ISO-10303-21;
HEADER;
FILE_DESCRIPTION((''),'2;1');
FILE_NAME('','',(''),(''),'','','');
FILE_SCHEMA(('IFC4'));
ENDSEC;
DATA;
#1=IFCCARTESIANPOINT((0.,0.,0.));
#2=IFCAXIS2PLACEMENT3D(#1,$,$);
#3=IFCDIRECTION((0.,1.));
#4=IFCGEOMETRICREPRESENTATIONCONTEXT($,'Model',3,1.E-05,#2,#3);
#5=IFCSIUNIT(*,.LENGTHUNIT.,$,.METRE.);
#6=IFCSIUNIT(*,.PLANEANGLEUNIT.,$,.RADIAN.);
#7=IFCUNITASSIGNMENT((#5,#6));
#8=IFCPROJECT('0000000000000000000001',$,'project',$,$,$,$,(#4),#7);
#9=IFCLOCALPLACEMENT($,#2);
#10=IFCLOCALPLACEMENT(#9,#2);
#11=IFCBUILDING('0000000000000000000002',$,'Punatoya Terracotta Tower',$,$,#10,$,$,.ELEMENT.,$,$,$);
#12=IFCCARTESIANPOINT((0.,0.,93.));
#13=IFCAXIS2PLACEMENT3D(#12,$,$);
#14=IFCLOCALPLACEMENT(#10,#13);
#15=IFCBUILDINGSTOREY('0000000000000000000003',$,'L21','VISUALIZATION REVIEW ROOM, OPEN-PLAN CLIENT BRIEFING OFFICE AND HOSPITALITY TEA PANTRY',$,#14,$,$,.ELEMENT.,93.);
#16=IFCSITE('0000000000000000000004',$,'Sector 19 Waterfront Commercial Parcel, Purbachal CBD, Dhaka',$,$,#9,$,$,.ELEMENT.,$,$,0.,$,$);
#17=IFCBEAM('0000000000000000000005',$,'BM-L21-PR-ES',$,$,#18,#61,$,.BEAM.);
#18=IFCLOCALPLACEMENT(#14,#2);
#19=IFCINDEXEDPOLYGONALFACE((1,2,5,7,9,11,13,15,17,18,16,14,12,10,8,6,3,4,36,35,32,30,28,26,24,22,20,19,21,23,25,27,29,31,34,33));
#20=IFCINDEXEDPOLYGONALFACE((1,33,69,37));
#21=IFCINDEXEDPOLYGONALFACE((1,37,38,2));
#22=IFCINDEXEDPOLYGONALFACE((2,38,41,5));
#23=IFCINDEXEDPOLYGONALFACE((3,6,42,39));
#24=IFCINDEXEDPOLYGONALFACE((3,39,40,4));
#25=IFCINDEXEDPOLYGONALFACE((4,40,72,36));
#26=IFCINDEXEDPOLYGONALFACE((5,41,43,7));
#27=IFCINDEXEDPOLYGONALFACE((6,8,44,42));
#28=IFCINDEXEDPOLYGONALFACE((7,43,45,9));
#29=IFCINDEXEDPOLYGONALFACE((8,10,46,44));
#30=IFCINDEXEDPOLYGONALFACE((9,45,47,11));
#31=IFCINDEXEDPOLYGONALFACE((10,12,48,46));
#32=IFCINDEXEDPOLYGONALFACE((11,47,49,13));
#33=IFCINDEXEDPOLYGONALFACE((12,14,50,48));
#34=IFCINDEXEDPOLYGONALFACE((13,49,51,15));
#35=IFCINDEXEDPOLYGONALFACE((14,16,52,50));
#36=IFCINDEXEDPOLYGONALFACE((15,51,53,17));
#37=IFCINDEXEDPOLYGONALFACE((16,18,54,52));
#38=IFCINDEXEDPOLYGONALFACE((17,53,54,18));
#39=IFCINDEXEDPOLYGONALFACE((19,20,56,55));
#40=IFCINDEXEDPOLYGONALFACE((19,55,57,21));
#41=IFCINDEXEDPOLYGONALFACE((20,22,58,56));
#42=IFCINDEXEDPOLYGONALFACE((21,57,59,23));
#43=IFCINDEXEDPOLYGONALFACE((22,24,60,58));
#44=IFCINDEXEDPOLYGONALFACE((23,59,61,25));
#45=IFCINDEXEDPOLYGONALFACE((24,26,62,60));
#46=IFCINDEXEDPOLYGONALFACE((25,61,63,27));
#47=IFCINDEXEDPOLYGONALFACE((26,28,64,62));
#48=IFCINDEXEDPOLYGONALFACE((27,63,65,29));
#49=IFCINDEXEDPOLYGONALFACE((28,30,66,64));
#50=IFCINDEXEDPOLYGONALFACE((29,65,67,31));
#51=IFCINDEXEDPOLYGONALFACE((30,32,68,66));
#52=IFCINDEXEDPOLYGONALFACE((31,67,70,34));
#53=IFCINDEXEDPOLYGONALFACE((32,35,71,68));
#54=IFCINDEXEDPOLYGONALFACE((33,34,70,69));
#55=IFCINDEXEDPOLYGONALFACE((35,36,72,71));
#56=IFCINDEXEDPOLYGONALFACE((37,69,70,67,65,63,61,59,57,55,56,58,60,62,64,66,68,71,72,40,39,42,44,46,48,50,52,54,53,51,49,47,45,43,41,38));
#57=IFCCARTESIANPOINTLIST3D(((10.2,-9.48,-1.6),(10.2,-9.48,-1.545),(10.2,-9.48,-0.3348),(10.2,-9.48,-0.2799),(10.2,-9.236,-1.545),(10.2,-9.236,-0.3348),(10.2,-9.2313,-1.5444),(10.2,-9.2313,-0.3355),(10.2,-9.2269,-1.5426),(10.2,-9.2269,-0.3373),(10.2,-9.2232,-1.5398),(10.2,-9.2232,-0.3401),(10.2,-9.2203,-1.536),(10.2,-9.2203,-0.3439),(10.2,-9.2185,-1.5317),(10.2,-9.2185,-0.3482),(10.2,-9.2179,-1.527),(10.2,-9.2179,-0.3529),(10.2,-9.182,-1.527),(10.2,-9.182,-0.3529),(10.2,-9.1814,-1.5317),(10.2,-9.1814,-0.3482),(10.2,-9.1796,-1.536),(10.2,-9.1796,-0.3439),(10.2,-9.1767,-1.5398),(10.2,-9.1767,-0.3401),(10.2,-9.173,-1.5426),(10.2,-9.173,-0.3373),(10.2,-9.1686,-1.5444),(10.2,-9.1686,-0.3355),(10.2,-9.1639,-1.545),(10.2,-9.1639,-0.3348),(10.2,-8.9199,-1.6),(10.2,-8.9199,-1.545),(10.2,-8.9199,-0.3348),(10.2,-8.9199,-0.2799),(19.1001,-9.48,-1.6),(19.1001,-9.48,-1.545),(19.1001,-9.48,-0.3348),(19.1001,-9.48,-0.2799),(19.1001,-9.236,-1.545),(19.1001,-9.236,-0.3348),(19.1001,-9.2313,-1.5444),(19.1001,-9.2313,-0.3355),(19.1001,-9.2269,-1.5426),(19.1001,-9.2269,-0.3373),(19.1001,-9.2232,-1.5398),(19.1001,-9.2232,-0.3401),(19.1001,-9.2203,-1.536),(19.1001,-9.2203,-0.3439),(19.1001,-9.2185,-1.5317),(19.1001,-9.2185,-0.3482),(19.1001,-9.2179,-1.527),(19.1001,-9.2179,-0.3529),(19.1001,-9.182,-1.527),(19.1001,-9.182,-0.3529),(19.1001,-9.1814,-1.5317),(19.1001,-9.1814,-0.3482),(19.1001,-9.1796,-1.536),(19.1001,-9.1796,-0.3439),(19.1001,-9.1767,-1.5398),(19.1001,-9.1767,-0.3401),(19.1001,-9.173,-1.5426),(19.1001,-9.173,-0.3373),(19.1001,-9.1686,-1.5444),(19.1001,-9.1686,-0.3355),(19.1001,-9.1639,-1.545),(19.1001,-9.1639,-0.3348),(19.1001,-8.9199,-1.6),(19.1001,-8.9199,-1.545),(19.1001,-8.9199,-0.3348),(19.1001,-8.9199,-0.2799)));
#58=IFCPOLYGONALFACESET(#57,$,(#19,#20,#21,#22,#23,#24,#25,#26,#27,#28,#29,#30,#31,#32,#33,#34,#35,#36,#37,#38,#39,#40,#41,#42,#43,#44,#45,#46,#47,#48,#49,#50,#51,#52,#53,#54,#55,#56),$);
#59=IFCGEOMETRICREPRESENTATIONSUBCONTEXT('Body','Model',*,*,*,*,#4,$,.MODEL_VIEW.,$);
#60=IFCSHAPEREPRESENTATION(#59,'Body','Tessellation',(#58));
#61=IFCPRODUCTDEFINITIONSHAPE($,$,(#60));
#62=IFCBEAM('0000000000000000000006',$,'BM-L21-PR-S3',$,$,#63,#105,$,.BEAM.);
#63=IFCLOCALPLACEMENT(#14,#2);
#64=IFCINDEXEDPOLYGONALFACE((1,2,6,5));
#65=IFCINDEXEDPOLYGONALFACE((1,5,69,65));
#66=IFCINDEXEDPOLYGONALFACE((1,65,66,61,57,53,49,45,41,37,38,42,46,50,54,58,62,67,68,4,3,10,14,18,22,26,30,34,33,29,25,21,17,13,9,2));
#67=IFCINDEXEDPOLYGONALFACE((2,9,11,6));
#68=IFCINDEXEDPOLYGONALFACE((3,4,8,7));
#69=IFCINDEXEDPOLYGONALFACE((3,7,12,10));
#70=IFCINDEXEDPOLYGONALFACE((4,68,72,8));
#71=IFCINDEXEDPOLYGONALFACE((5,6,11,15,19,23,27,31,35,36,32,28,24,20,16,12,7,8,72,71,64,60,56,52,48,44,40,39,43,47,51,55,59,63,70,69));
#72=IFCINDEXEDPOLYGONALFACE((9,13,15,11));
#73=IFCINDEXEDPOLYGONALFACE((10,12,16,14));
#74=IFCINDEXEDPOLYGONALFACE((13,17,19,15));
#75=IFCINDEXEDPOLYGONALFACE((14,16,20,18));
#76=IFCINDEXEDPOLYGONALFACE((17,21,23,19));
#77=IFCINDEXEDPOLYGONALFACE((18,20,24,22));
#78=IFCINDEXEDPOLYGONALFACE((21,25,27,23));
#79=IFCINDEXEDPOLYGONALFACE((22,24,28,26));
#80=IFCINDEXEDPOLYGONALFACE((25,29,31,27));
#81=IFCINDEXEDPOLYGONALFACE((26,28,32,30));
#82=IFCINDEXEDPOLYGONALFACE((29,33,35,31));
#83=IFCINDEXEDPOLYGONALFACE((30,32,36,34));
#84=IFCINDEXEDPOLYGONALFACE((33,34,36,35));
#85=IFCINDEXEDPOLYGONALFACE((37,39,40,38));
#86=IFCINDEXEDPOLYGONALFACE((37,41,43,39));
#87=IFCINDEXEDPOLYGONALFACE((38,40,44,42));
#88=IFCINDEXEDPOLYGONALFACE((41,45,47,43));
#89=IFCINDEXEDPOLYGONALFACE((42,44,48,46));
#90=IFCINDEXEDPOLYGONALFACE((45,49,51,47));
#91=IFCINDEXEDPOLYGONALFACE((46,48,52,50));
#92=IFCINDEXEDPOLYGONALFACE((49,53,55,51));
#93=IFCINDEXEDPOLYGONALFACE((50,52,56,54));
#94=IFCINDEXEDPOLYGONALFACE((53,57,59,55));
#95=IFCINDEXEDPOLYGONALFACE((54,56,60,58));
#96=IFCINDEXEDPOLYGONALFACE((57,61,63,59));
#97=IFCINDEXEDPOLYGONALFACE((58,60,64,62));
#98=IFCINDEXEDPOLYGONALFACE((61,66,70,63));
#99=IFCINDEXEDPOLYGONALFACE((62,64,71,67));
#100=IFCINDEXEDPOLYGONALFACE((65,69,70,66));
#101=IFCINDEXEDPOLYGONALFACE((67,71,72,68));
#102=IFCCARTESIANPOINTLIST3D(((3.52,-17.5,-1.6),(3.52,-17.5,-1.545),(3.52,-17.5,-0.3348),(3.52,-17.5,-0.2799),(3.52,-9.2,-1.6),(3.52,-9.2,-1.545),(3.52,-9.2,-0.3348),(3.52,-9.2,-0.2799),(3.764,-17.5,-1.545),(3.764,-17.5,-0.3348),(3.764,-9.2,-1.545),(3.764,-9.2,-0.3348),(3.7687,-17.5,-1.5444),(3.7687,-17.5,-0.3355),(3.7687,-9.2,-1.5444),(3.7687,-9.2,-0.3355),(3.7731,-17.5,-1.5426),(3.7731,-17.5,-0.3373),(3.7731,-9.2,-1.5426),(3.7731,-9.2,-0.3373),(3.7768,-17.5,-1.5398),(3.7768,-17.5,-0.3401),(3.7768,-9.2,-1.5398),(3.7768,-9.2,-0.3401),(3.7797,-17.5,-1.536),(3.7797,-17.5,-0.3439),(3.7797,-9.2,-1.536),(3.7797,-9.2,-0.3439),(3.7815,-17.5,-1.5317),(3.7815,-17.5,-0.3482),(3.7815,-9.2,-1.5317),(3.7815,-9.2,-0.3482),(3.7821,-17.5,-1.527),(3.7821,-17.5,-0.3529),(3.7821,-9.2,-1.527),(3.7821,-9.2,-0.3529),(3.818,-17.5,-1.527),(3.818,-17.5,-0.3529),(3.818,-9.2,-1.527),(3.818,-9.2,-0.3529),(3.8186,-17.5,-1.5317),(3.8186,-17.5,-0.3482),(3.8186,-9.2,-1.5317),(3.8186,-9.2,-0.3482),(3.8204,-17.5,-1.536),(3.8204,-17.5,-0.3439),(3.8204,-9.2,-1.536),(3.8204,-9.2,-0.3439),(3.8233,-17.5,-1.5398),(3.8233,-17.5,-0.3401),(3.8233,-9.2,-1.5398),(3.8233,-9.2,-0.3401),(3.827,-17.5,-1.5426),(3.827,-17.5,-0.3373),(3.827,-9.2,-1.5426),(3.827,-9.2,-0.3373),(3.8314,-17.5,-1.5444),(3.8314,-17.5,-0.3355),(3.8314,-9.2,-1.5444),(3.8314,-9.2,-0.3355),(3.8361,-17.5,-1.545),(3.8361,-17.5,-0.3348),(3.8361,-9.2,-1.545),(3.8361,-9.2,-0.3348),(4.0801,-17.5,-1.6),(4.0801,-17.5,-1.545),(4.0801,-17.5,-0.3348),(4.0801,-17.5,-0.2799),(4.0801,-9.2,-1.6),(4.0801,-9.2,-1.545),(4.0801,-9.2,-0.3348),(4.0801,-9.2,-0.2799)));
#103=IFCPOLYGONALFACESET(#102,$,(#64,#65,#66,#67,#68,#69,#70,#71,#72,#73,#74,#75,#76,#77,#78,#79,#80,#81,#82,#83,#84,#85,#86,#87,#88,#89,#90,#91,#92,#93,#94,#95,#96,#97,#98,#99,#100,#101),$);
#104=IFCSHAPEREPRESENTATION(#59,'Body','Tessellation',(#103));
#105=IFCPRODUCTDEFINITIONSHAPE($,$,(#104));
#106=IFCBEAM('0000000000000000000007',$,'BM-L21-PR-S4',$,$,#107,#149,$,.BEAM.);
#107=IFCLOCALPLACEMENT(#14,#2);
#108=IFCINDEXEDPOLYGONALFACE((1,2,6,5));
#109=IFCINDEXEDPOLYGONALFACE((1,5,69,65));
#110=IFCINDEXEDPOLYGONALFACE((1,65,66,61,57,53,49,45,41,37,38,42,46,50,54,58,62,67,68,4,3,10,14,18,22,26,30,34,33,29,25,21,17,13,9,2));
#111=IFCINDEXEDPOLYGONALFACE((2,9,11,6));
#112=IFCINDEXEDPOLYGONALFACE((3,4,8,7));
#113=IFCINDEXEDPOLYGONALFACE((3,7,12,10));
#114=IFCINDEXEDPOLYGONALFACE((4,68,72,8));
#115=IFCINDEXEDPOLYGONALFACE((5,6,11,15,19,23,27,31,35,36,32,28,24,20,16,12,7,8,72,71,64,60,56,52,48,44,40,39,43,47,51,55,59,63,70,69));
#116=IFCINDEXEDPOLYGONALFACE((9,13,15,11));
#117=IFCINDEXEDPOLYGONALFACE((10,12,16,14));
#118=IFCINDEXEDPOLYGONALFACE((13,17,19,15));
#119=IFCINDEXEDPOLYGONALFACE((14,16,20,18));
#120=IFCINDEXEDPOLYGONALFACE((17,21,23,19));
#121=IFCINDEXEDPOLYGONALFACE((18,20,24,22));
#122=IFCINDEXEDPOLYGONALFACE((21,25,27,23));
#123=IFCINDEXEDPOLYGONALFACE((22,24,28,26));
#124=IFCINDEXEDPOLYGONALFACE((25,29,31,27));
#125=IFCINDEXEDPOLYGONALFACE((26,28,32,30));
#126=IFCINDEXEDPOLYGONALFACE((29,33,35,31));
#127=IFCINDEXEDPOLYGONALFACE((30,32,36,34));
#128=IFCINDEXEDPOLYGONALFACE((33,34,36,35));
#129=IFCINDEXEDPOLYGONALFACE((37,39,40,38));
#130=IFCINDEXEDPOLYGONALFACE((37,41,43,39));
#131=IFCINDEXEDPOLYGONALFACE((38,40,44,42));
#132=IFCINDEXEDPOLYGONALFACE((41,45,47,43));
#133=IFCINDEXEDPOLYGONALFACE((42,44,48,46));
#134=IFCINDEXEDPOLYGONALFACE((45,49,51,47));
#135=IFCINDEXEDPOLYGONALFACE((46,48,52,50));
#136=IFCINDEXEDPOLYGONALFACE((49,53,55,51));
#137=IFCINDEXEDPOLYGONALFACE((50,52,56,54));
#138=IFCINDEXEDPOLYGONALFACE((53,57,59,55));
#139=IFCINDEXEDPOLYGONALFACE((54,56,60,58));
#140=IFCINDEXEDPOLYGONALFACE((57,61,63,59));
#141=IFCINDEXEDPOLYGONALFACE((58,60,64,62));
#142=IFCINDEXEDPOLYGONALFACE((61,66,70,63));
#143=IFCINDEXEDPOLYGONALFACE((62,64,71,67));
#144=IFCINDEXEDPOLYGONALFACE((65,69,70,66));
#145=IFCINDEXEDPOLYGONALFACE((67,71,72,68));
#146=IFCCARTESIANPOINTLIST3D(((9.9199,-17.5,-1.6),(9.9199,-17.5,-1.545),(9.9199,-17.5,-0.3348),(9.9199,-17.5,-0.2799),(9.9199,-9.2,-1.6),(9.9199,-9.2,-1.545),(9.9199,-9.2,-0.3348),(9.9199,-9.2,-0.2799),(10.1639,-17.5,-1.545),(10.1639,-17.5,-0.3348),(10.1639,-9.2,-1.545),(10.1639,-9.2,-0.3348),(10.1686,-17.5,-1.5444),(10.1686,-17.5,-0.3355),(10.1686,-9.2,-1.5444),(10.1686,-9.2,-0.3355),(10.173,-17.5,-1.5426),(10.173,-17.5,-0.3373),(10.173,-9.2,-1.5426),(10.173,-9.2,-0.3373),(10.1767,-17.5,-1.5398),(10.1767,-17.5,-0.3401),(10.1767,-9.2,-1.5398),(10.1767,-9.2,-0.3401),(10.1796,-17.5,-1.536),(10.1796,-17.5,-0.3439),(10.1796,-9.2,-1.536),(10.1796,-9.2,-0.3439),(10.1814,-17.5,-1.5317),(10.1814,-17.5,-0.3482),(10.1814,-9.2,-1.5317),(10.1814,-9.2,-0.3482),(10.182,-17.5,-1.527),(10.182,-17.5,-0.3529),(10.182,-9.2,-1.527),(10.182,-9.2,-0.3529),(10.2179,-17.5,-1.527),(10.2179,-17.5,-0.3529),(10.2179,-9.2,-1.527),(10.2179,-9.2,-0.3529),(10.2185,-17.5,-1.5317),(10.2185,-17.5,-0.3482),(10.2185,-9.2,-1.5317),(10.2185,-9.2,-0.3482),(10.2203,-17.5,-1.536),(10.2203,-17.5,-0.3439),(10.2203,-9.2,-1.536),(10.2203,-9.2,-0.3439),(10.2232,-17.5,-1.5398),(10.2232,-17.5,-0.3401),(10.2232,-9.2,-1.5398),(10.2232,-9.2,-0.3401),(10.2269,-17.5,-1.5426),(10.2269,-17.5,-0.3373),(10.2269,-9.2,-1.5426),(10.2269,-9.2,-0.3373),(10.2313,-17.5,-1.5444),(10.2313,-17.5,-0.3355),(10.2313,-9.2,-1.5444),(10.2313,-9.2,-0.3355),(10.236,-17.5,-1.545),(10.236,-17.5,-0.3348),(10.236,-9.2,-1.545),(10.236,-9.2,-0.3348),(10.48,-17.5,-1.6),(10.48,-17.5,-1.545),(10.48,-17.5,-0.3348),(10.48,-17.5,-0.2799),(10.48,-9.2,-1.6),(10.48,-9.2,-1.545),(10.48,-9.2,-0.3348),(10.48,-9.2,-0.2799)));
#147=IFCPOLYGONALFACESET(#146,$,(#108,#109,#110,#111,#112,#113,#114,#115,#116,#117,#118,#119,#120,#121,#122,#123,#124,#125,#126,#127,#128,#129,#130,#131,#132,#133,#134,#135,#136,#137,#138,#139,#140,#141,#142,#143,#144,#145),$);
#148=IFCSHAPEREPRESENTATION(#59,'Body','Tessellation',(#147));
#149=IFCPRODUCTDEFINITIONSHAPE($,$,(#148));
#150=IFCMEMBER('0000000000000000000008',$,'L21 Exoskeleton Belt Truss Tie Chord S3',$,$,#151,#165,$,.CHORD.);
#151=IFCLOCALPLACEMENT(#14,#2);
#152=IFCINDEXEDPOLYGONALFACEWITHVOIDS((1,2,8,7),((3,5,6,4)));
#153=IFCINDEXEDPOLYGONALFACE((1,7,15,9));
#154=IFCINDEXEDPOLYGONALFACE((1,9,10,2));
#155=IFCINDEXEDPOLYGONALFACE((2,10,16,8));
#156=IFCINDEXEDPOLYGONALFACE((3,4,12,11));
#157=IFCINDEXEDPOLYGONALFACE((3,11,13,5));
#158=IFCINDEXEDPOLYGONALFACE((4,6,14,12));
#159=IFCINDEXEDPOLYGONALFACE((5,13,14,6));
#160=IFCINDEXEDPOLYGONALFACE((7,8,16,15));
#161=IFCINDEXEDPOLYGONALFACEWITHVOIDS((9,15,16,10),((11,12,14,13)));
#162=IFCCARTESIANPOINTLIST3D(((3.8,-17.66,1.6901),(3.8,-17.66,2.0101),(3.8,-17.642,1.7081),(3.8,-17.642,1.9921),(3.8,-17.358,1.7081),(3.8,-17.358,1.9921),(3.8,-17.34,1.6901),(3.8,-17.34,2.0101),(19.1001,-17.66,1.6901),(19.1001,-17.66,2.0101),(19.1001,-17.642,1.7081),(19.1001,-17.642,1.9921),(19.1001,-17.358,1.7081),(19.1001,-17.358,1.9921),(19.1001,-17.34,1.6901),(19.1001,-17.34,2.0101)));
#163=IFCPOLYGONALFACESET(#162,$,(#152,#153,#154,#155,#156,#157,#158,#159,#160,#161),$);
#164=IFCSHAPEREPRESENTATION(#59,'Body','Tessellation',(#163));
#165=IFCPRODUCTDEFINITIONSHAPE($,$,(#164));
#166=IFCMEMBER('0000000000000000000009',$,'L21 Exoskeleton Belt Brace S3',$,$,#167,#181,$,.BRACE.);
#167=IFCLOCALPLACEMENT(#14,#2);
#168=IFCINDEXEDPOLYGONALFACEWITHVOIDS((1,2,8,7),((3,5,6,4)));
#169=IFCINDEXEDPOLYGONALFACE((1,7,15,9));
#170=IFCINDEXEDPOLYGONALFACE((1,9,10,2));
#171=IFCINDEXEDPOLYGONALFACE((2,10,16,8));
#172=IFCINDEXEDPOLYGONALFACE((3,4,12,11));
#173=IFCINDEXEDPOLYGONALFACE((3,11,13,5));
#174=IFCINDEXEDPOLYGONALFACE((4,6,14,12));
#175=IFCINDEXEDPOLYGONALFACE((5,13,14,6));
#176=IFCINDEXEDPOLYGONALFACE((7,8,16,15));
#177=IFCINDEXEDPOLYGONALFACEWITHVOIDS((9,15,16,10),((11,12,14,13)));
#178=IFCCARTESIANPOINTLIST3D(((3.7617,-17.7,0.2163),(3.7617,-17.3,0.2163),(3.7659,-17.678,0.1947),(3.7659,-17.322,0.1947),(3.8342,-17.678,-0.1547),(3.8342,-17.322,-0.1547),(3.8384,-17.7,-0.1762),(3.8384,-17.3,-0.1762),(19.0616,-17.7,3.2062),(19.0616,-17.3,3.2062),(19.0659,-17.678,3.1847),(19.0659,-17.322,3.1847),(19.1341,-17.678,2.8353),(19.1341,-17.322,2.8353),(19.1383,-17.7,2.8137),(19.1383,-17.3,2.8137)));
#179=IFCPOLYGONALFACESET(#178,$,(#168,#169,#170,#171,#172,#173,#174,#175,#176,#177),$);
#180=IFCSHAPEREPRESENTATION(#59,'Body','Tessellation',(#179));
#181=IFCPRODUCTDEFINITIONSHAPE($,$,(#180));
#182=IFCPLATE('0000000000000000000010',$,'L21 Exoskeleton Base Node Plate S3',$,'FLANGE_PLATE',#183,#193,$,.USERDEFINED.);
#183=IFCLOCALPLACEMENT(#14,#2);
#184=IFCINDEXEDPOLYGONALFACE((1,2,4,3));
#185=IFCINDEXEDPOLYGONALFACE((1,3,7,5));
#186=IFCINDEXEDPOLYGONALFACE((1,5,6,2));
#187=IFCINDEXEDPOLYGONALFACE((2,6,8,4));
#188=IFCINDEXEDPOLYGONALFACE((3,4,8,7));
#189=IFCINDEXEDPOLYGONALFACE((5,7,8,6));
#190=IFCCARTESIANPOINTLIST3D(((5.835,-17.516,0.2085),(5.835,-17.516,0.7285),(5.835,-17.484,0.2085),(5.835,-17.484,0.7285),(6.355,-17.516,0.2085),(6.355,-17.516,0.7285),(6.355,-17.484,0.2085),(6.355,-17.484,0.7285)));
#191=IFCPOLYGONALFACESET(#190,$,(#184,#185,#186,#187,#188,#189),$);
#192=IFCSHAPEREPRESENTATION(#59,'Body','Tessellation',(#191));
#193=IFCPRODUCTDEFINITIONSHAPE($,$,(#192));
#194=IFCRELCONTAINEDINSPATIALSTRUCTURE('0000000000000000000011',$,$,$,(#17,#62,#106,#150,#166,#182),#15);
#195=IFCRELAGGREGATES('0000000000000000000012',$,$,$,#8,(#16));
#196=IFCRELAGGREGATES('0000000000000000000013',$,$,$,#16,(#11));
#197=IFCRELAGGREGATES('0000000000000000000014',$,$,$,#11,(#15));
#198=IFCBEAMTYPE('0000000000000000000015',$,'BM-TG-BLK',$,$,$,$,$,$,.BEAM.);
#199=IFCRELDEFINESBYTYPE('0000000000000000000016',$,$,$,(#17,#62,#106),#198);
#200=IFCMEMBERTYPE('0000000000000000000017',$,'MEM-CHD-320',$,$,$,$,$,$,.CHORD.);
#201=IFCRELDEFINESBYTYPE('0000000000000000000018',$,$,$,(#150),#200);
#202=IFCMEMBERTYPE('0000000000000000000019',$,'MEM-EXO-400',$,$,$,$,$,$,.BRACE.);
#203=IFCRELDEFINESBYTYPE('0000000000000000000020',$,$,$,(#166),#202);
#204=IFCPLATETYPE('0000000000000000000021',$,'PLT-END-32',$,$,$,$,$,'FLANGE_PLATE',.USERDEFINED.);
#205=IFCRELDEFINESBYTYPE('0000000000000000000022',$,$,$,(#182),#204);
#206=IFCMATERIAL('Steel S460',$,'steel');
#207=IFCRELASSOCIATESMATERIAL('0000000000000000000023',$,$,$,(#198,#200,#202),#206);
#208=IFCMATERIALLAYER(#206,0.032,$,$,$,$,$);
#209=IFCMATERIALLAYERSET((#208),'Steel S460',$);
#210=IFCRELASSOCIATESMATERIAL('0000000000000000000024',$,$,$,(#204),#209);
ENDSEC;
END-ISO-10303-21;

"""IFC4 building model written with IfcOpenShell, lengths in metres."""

from ifc_helpers import new_model, si_unit, direction, frame, origin, origin_2d, place, context, subcontext, project, spatial, rectangle, hollow_rectangle, i_section, extrude, material, layer, layer_set, material_profile, profile_set, type_object, element, save


model = new_model("IFC4")

# Units and contexts
model_context = context("Model", 3, precision=1e-05, world=origin(), true_north=direction((0.0, 1.0)))
body_context = subcontext(model_context, "Body", "Model", "MODEL_VIEW")
ifc_project = project(units=[si_unit("LENGTHUNIT", "METRE"), si_unit("PLANEANGLEUNIT", "RADIAN")], contexts=[model_context])

# Site, building, storey
site_placement = place(None, origin())
site = spatial("IfcSite", under=ifc_project, at=site_placement, Name="Sector 19 Waterfront Commercial Parcel, Purbachal CBD, Dhaka", CompositionType="ELEMENT", RefElevation=0.0)
building_placement = place(site_placement, origin())
building = spatial("IfcBuilding", under=site, at=building_placement, Name="Punatoya Terracotta Tower", CompositionType="ELEMENT")
storey_placement = place(building_placement, frame((0.0, 0.0, 93.0)))
storey = spatial("IfcBuildingStorey", under=building, at=storey_placement, Name="L21", Description="VISUALIZATION REVIEW ROOM, OPEN-PLAN CLIENT BRIEFING OFFICE AND HOSPITALITY TEA PANTRY", CompositionType="ELEMENT", Elevation=93.0)

# Shared definitions
ifc_material_1 = material(Name="Steel S460", Category="steel")

# Beams
ifc_material_profile_1 = material_profile(ifc_material_1, i_section(OverallWidth=0.5601, OverallDepth=1.3201, WebThickness=0.0359, FlangeThickness=0.0549, FilletRadius=0.0181, at=origin_2d()))
ifc_profile_set_1 = profile_set([ifc_material_profile_1], Name="Steel S460")
beam_type_1 = type_object("IfcBeamType", Name="BM-TG-BLK", PredefinedType="BEAM", material=ifc_profile_set_1)
beam_1_placement = place(storey_placement, frame((10.2, -9.2, -0.9399), z_axis=(1.0, 0.0, 0.0), x_axis=(0.0, 1.0, 0.0)))
element("IfcBeam", 1, at=beam_1_placement, inside=storey, type_object=beam_type_1, Name="BM-L21-PR-ES", PredefinedType="BEAM", context=body_context, shape_type="SweptSolid", body=[
    extrude(i_section(OverallWidth=0.5601, OverallDepth=1.3201, WebThickness=0.0359, FlangeThickness=0.0549, FilletRadius=0.0181, at=origin_2d()), origin(), (0.0, 0.0, 1.0), 8.9001),
])
for number, where, z_axis, x_axis, name in (
    (2, (3.8, -17.5, -0.9399), (0.0, 1.0, 0.0), (-1.0, 0.0, 0.0), "BM-L21-PR-S3"),
    (3, (10.2, -17.5, -0.9399), (0.0, 1.0, 0.0), (-1.0, 0.0, 0.0), "BM-L21-PR-S4"),
):
    element("IfcBeam", number, at=place(storey_placement, frame(where, z_axis=z_axis, x_axis=x_axis)), inside=storey, type_object=beam_type_1, Name=name, PredefinedType="BEAM", context=body_context, shape_type="SweptSolid", body=[
        extrude(i_section(OverallWidth=0.5601, OverallDepth=1.3201, WebThickness=0.0359, FlangeThickness=0.0549, FilletRadius=0.0181, at=origin_2d()), origin(), (0.0, 0.0, 1.0), 8.3),
    ])

# Members
ifc_material_profile_2 = material_profile(ifc_material_1, hollow_rectangle(XDim=0.3201, YDim=0.3201, WallThickness=0.0181, at=origin_2d()))
ifc_profile_set_2 = profile_set([ifc_material_profile_2], Name="Steel S460")
member_type_1 = type_object("IfcMemberType", Name="MEM-CHD-320", PredefinedType="CHORD", material=ifc_profile_set_2)
member_1_placement = place(storey_placement, frame((3.8, -17.5, 1.8501), z_axis=(1.0, 0.0, 0.0), x_axis=(0.0, 1.0, 0.0)))
element("IfcMember", 4, at=member_1_placement, inside=storey, type_object=member_type_1, Name="L21 Exoskeleton Belt Truss Tie Chord S3", PredefinedType="CHORD", context=body_context, shape_type="SweptSolid", body=[
    extrude(hollow_rectangle(XDim=0.3201, YDim=0.3201, WallThickness=0.0181, at=origin_2d()), origin(), (0.0, 0.0, 1.0), 15.3),
])
ifc_material_profile_3 = material_profile(ifc_material_1, hollow_rectangle(XDim=0.3999, YDim=0.3999, WallThickness=0.022, at=origin_2d()))
ifc_profile_set_3 = profile_set([ifc_material_profile_3], Name="Steel S460")
member_type_2 = type_object("IfcMemberType", Name="MEM-EXO-400", PredefinedType="BRACE", material=ifc_profile_set_3)
member_2_placement = place(storey_placement, frame((3.8, -17.5, 0.02), z_axis=(0.981435, 0.0, 0.191796), x_axis=(0.0, 1.0, 0.0)))
element("IfcMember", 5, at=member_2_placement, inside=storey, type_object=member_type_2, Name="L21 Exoskeleton Belt Brace S3", PredefinedType="BRACE", context=body_context, shape_type="SweptSolid", body=[
    extrude(hollow_rectangle(XDim=0.3999, YDim=0.3999, WallThickness=0.022, at=origin_2d()), origin(), (0.0, 0.0, 1.0), 15.5894),
])

# Plate
ifc_layer_1 = layer(ifc_material_1, 0.032)
ifc_layer_set_1 = layer_set([ifc_layer_1], Name="Steel S460")
plate_type = type_object("IfcPlateType", Name="PLT-END-32", ElementType="FLANGE_PLATE", PredefinedType="USERDEFINED", material=ifc_layer_set_1)
plate_placement = place(storey_placement, frame((6.095, -17.5, 0.2085), z_axis=(0.0, 0.0, 1.0), x_axis=(1.0, 0.0, 0.0)))
element("IfcPlate", 6, at=plate_placement, inside=storey, type_object=plate_type, Name="L21 Exoskeleton Base Node Plate S3", ObjectType="FLANGE_PLATE", PredefinedType="USERDEFINED", context=body_context, shape_type="SweptSolid", body=[
    extrude(rectangle(XDim=0.52, YDim=0.032, at=origin_2d()), origin(), (0.0, 0.0, 1.0), 0.52),
])

save(model, "model.ifc")
